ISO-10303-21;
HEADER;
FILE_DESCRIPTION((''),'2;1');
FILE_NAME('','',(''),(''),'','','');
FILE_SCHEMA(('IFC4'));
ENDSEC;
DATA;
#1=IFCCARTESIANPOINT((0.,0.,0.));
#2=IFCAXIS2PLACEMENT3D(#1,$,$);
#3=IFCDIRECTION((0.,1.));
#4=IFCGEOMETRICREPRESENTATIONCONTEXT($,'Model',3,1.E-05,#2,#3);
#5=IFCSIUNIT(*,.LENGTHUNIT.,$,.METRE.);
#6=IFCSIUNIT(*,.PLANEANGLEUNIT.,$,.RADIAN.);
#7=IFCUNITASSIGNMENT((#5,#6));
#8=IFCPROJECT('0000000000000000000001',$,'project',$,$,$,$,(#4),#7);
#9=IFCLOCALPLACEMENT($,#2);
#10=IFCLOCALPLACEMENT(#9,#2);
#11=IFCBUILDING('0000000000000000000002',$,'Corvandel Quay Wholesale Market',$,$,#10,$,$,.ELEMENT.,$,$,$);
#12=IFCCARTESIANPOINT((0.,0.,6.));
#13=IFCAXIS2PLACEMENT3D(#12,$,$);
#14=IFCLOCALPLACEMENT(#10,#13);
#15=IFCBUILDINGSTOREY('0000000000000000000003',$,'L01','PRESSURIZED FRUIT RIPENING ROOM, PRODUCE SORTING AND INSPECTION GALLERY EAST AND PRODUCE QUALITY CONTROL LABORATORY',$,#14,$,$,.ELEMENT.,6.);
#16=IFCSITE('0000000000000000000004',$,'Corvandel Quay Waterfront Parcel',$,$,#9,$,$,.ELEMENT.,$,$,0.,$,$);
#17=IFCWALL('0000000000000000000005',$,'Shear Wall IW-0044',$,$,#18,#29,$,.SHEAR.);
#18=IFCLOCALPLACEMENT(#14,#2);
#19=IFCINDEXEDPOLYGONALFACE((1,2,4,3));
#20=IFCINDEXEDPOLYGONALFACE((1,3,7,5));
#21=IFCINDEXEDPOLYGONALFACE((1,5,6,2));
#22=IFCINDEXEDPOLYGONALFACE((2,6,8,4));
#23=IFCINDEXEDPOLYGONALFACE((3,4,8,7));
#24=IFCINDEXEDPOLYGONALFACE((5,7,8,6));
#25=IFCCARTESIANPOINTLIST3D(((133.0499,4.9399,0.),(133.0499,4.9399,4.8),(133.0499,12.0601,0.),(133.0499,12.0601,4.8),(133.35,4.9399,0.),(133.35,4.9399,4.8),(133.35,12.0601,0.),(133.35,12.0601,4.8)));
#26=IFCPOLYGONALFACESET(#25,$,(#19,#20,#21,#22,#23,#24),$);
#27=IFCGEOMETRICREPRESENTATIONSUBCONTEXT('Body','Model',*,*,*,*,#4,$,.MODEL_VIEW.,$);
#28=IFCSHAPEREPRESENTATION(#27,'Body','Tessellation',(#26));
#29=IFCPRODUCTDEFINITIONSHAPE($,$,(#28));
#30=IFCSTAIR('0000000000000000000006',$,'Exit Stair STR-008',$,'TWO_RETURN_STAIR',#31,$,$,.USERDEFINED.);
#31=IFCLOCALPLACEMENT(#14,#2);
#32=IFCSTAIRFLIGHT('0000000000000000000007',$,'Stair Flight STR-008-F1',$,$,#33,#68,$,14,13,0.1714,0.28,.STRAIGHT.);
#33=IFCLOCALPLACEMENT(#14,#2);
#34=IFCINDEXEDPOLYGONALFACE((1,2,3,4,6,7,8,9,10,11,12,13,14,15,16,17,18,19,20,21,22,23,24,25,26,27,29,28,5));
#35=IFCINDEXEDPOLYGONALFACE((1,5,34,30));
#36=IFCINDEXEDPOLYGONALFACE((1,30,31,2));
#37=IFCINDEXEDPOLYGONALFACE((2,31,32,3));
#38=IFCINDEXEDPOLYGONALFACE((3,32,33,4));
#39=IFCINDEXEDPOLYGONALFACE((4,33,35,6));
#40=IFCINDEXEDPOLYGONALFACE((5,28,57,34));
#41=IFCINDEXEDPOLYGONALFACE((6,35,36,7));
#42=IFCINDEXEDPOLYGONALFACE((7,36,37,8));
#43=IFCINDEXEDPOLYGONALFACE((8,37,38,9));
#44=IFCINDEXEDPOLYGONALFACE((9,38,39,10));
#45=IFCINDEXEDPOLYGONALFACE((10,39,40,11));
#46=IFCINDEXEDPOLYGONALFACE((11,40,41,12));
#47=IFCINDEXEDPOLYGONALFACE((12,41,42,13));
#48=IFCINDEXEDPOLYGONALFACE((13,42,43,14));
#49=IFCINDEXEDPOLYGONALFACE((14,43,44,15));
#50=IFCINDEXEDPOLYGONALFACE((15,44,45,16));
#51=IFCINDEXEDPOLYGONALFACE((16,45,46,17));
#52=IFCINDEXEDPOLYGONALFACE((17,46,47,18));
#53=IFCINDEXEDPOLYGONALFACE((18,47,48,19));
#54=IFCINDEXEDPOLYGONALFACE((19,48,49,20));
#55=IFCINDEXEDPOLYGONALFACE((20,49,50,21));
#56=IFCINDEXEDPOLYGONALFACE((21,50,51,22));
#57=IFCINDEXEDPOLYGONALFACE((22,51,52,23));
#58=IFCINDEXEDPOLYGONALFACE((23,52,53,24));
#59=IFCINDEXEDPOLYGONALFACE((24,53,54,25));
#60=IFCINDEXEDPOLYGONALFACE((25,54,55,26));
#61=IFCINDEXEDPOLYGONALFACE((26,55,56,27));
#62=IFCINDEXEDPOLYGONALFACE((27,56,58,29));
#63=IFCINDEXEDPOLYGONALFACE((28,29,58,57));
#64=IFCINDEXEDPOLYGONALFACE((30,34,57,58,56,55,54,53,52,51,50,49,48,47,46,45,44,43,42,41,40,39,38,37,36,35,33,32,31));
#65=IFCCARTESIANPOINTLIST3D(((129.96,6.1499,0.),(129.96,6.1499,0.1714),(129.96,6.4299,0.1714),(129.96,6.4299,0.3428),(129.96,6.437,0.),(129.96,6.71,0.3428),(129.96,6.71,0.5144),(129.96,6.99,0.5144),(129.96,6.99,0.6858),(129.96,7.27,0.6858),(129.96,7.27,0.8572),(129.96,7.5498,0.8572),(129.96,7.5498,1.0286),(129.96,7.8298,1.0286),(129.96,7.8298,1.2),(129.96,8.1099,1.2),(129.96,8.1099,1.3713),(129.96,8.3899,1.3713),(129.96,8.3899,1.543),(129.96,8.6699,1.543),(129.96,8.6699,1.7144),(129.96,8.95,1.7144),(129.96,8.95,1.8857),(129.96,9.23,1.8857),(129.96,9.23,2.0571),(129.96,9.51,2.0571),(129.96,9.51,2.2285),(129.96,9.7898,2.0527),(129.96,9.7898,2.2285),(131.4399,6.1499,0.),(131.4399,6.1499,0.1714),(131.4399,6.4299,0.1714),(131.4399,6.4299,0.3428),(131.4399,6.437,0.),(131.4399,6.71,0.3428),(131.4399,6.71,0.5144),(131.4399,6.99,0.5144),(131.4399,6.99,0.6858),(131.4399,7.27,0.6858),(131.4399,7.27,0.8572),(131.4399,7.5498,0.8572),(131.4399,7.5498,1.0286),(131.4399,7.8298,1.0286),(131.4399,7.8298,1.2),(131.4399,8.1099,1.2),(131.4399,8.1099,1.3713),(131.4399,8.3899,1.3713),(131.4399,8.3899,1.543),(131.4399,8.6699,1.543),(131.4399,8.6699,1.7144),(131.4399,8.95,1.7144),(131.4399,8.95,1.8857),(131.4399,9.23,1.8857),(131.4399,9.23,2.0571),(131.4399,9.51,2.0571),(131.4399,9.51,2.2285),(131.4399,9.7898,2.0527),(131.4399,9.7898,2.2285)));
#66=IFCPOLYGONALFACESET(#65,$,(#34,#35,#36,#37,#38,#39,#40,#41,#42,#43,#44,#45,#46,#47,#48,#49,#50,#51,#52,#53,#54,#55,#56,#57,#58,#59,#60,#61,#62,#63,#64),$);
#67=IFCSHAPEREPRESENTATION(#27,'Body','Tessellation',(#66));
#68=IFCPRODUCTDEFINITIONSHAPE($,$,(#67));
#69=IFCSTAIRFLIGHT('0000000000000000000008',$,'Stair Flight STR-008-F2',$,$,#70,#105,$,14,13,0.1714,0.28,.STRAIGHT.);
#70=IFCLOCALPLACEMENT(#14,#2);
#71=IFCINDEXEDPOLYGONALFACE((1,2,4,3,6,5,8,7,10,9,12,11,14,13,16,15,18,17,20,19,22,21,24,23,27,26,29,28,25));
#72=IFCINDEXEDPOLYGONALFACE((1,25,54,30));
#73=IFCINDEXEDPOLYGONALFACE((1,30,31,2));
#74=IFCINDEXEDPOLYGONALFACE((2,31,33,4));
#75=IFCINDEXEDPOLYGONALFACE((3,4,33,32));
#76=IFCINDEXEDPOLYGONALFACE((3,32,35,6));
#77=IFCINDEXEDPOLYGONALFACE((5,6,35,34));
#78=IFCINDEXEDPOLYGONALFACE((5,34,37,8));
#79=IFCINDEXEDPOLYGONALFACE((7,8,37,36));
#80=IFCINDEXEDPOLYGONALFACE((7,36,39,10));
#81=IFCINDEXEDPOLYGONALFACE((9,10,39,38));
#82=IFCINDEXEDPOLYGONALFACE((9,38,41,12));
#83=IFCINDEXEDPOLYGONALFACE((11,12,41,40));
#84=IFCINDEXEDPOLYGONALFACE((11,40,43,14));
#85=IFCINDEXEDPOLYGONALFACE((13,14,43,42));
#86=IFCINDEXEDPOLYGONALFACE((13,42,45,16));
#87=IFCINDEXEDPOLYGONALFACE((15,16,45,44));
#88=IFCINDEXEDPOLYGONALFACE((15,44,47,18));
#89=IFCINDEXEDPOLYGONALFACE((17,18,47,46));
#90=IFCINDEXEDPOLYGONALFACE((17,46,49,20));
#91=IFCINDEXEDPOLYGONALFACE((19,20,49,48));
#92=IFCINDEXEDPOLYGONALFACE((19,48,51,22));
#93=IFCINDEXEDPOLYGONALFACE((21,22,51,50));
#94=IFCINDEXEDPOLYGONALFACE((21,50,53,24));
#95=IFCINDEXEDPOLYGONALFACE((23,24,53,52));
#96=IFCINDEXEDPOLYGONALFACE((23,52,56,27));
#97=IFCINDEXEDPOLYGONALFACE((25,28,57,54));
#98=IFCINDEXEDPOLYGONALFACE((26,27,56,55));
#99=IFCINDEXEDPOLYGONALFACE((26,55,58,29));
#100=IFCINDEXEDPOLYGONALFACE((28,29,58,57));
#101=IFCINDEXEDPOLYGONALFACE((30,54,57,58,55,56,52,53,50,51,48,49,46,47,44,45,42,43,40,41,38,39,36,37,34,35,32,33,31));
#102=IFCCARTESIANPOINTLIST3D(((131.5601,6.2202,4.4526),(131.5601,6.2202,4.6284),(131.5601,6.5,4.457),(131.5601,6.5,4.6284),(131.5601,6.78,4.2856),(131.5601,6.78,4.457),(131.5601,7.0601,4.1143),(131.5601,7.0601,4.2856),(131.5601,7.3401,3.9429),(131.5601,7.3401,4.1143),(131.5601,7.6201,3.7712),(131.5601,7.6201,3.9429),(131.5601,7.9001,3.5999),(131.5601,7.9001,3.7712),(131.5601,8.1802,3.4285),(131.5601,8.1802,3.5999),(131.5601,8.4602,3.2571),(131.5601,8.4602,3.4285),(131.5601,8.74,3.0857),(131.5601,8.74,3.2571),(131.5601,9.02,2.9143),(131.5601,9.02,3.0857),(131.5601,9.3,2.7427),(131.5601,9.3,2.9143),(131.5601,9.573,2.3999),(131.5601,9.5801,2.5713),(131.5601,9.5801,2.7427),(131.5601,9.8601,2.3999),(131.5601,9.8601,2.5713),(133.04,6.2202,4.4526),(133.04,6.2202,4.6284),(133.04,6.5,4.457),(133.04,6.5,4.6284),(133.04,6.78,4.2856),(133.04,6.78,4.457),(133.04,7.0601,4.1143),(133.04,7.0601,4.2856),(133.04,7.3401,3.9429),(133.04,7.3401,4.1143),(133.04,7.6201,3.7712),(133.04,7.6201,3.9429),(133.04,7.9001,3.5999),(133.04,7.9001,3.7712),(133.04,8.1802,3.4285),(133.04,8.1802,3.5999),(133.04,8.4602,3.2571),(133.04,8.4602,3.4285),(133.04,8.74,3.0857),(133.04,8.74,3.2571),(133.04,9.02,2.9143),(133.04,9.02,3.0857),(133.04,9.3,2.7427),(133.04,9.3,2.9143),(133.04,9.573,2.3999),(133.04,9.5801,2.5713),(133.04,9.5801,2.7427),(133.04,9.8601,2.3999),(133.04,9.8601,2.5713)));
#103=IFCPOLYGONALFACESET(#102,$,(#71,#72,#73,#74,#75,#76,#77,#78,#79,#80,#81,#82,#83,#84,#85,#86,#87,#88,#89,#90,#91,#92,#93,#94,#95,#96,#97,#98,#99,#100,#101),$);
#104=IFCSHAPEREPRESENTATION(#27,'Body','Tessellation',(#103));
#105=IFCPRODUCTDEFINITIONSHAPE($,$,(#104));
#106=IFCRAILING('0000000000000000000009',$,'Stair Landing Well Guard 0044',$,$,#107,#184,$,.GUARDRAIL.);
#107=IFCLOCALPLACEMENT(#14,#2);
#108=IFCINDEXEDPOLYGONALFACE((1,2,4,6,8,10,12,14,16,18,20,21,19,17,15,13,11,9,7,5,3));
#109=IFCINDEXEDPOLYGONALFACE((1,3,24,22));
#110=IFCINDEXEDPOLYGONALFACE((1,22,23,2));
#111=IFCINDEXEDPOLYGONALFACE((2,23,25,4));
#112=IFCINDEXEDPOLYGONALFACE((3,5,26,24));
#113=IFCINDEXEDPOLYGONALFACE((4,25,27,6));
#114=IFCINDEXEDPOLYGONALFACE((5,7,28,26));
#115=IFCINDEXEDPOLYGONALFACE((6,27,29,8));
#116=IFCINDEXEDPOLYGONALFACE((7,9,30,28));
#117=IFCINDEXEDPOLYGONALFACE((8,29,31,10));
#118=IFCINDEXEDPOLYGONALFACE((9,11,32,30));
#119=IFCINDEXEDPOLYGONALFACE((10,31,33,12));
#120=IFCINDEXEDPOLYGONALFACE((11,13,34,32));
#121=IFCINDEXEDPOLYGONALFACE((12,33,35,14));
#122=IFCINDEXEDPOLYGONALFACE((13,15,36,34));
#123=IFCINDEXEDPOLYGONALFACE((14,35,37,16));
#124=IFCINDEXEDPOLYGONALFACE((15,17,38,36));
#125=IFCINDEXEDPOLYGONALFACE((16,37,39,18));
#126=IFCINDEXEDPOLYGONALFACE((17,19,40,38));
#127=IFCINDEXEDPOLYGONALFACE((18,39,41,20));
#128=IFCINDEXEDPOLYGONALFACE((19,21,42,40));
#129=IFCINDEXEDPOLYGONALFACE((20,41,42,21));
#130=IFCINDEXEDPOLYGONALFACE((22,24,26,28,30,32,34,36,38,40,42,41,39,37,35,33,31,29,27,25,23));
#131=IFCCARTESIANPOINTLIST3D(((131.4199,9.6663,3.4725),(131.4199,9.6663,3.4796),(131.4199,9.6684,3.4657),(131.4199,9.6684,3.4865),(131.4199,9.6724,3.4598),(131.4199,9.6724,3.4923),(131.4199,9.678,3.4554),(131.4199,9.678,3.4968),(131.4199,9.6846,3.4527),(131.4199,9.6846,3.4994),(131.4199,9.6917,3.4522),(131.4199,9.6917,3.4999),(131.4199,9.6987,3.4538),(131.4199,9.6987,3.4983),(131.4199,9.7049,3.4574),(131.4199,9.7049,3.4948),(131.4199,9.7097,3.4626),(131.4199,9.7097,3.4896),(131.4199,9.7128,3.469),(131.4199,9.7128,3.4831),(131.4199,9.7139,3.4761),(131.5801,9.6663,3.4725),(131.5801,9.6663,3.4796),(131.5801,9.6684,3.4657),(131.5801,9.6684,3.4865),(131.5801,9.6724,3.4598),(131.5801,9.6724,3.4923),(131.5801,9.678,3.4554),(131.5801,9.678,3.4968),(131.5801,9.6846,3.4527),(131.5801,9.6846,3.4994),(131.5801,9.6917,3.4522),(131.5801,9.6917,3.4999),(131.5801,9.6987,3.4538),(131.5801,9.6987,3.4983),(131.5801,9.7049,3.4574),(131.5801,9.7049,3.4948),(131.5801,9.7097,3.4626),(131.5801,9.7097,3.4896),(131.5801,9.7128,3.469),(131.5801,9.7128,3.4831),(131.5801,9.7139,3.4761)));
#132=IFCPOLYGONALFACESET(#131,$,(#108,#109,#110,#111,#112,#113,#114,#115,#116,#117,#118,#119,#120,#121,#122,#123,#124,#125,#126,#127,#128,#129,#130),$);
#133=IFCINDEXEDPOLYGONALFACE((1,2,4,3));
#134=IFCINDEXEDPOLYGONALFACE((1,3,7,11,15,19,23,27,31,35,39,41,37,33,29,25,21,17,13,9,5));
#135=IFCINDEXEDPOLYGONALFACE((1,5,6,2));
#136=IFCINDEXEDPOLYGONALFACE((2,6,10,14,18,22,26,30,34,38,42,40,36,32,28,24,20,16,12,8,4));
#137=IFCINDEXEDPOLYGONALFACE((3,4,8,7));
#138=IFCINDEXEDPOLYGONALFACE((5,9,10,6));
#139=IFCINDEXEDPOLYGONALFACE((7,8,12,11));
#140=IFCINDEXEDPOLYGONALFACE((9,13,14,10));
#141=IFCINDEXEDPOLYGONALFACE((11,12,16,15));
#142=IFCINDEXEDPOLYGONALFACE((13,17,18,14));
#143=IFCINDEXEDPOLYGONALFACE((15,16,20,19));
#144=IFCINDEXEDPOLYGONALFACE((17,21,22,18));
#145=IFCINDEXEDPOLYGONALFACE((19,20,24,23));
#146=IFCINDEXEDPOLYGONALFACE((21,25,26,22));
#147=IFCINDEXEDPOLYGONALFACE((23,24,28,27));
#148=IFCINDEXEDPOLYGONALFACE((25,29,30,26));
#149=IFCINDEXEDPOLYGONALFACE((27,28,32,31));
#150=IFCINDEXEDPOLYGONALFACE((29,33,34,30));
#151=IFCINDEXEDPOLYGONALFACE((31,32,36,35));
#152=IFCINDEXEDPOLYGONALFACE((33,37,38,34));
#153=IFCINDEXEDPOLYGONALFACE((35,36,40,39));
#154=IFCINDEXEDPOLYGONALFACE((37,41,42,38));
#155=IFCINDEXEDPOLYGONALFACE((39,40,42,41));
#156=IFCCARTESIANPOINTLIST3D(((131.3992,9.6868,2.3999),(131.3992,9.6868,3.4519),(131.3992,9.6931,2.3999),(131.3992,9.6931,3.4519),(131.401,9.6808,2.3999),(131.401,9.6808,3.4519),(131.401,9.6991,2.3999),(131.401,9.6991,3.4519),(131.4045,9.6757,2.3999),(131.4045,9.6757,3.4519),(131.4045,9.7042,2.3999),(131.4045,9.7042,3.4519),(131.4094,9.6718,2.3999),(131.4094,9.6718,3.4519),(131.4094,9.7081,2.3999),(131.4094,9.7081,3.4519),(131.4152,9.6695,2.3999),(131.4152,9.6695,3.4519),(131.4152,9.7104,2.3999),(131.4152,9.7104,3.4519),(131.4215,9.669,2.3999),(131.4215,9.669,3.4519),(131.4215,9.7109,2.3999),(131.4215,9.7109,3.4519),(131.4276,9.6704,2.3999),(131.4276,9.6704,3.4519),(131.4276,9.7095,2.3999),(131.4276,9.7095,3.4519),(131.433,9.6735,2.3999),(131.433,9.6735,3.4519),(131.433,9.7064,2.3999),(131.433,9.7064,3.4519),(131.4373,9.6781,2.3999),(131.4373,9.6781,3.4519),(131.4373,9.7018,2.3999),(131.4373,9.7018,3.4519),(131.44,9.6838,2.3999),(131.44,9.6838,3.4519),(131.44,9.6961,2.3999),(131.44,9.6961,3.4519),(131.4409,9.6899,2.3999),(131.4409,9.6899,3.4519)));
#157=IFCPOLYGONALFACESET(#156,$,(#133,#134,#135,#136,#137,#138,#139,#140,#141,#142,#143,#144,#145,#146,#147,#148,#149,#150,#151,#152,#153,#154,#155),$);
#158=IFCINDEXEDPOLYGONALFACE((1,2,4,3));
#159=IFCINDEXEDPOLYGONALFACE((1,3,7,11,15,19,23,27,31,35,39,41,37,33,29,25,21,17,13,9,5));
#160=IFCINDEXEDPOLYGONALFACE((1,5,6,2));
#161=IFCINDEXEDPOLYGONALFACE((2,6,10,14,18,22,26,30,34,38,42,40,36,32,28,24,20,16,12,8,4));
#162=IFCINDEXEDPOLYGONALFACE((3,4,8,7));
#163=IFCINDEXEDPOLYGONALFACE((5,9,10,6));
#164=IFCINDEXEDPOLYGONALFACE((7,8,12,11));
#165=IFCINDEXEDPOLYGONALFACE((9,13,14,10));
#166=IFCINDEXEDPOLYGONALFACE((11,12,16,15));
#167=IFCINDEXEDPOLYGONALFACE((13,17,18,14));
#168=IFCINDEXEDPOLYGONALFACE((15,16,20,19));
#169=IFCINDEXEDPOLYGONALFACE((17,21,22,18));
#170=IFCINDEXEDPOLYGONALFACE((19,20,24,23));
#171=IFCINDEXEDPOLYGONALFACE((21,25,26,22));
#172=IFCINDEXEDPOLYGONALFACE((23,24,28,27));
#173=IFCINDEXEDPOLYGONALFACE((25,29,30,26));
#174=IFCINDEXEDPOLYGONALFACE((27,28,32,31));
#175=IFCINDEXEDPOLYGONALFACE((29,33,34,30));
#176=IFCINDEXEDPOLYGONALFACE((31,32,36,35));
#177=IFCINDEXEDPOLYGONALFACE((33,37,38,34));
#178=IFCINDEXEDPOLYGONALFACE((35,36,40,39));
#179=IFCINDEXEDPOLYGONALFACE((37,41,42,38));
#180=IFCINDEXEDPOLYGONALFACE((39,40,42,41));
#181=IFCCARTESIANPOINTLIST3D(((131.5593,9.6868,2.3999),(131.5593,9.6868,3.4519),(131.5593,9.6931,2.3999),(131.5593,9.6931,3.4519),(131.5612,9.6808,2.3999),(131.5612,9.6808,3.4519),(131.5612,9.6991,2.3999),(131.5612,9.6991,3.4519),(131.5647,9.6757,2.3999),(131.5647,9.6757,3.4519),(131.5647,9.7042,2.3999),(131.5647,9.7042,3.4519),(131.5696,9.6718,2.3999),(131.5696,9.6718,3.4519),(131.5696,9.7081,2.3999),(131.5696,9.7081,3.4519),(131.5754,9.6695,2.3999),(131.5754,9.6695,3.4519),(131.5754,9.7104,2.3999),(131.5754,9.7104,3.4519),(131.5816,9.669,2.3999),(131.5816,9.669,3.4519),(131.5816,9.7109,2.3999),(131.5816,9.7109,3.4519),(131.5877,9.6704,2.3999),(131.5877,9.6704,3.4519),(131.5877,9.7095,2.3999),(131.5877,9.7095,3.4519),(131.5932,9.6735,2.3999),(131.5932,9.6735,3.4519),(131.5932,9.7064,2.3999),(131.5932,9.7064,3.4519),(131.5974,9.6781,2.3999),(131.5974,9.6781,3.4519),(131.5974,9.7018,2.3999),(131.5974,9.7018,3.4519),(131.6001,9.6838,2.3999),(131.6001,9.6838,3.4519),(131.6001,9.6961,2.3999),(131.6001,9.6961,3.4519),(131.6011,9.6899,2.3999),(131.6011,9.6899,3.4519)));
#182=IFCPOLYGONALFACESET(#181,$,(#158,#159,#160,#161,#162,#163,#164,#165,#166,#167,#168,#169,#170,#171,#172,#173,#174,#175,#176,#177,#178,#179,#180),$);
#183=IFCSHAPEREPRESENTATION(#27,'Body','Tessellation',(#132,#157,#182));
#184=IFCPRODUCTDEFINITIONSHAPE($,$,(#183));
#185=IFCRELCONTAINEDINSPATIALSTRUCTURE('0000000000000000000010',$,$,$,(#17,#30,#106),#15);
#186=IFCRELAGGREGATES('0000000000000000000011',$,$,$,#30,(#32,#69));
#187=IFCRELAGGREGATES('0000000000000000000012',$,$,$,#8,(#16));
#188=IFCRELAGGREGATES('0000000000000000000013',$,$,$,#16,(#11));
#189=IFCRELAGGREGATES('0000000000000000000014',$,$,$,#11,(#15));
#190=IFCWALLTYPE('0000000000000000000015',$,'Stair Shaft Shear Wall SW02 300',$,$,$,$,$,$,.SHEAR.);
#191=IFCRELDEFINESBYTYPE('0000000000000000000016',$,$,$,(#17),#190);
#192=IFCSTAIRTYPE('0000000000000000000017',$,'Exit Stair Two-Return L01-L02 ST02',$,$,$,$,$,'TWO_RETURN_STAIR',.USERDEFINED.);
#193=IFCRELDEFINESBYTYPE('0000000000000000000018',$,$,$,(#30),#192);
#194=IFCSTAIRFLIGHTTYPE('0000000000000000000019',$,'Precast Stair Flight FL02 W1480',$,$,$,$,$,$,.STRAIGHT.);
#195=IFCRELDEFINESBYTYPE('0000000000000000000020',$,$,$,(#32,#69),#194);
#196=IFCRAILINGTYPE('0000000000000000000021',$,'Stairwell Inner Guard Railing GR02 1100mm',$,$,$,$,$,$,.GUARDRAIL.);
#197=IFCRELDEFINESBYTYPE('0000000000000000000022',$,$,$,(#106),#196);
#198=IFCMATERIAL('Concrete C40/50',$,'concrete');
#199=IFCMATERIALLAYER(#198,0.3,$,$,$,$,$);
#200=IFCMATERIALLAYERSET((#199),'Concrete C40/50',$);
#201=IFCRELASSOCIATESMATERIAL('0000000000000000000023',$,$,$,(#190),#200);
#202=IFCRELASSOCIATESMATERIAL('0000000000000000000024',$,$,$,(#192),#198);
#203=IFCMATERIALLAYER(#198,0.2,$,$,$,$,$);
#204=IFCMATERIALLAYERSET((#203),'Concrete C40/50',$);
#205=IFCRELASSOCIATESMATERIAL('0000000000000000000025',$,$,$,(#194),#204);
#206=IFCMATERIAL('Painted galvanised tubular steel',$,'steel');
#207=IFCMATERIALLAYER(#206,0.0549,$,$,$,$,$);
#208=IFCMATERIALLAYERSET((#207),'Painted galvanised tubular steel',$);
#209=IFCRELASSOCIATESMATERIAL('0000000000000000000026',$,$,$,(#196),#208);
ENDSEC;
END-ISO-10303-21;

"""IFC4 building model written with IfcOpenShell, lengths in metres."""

from ifc_helpers import new_model, si_unit, direction, frame, frame_2d, origin, origin_2d, place, context, subcontext, project, spatial, polyline, rectangle, circle, outline, extrude, material, layer, layer_set, type_object, element, aggregate, save


model = new_model("IFC4")

# Units and contexts
model_context = context("Model", 3, precision=1e-05, world=origin(), true_north=direction((0.0, 1.0)))
body_context = subcontext(model_context, "Body", "Model", "MODEL_VIEW")
ifc_project = project(units=[si_unit("LENGTHUNIT", "METRE"), si_unit("PLANEANGLEUNIT", "RADIAN")], contexts=[model_context])

# Site, building, storey
site_placement = place(None, origin())
site = spatial("IfcSite", under=ifc_project, at=site_placement, Name="Corvandel Quay Waterfront Parcel", CompositionType="ELEMENT", RefElevation=0.0)
building_placement = place(site_placement, origin())
building = spatial("IfcBuilding", under=site, at=building_placement, Name="Corvandel Quay Wholesale Market", CompositionType="ELEMENT")
storey_placement = place(building_placement, frame((0.0, 0.0, 6.0)))
storey = spatial("IfcBuildingStorey", under=building, at=storey_placement, Name="L01", Description="PRESSURIZED FRUIT RIPENING ROOM, PRODUCE SORTING AND INSPECTION GALLERY EAST AND PRODUCE QUALITY CONTROL LABORATORY", CompositionType="ELEMENT", Elevation=6.0)

# Shared definitions
ifc_material_1 = material(Name="Concrete C40/50", Category="concrete")
ifc_layer_1 = layer(ifc_material_1, 0.3)
ifc_layer_set_1 = layer_set([ifc_layer_1], Name="Concrete C40/50")
wall_type_1 = type_object("IfcWallType", Name="Stair Shaft Shear Wall SW02 300", PredefinedType="SHEAR", material=ifc_layer_set_1)

# Wall
wall_1_placement = place(storey_placement, frame((133.2, 4.9399, 0.0), z_axis=(0.0, 0.0, 1.0), x_axis=(0.0, 1.0, 0.0)))
element("IfcWall", 1, at=wall_1_placement, inside=storey, type_object=wall_type_1, Name="Shear Wall IW-0044", PredefinedType="SHEAR", context=body_context, shape_type="SweptSolid", body=[
    extrude(rectangle(XDim=7.1201, YDim=0.3, at=frame_2d((3.5601, 0.0))), origin(), (0.0, 0.0, 1.0), 4.8),
])

# Stair, stair flights
stair_type = type_object("IfcStairType", Name="Exit Stair Two-Return L01-L02 ST02", ElementType="TWO_RETURN_STAIR", PredefinedType="USERDEFINED", material=ifc_material_1)
stair_placement = place(storey_placement, origin())
stair = element("IfcStair", 2, at=stair_placement, inside=storey, type_object=stair_type, Name="Exit Stair STR-008", ObjectType="TWO_RETURN_STAIR", PredefinedType="USERDEFINED")
ifc_layer_2 = layer(ifc_material_1, 0.2)
ifc_layer_set_2 = layer_set([ifc_layer_2], Name="Concrete C40/50")
stair_flight_type = type_object("IfcStairFlightType", Name="Precast Stair Flight FL02 W1480", PredefinedType="STRAIGHT", material=ifc_layer_set_2)
stair_flight_1_placement = place(storey_placement, frame((130.7, 6.1499, 0.0), z_axis=(0.0, 0.0, 1.0), x_axis=(0.0, 1.0, 0.0)))
stair_flight_1 = element("IfcStairFlight", 3, at=stair_flight_1_placement, type_object=stair_flight_type, Name="Stair Flight STR-008-F1", NumberOfRisers=14, NumberOfTreads=13, PredefinedType="STRAIGHT", RiserHeight=0.1714, TreadLength=0.28, context=body_context, shape_type="SweptSolid", body=[
    extrude(outline(polyline([(0.0, 0.0), (0.0, 0.1714), (0.28, 0.1714), (0.28, 0.3428), (0.5601, 0.3428), (0.5601, 0.5144), (0.8401, 0.5144), (0.8401, 0.6858), (1.1201, 0.6858), (1.1201, 0.8572), (1.3999, 0.8572), (1.3999, 1.0286), (1.6799, 1.0286), (1.6799, 1.2), (1.96, 1.2), (1.96, 1.3713), (2.24, 1.3713), (2.24, 1.543), (2.52, 1.543), (2.52, 1.7144), (2.8, 1.7144), (2.8, 1.8857), (3.0801, 1.8857), (3.0801, 2.0571), (3.3601, 2.0571), (3.3601, 2.2285), (3.6399, 2.2285), (3.6399, 2.3999), (3.6399, 2.0527), (0.2871, 0.0), (0.0, 0.0)])), frame((0.0, 0.74, 0.0), z_axis=(0.0, -1.0, 0.0), x_axis=(1.0, 0.0, 0.0)), (0.0, 0.0, 1.0), 1.48),
])
stair_flight_2_placement = place(storey_placement, frame((132.3, 9.8601, 2.3999), z_axis=(0.0, 0.0, 1.0), x_axis=(0.0, -1.0, 0.0)))
stair_flight_2 = element("IfcStairFlight", 4, at=stair_flight_2_placement, type_object=stair_flight_type, Name="Stair Flight STR-008-F2", NumberOfRisers=14, NumberOfTreads=13, PredefinedType="STRAIGHT", RiserHeight=0.1714, TreadLength=0.28, context=body_context, shape_type="SweptSolid", body=[
    extrude(outline(polyline([(0.0, 0.0), (0.0, 0.1714), (0.28, 0.1714), (0.28, 0.3428), (0.5601, 0.3428), (0.5601, 0.5144), (0.8401, 0.5144), (0.8401, 0.6858), (1.1201, 0.6858), (1.1201, 0.8572), (1.3999, 0.8572), (1.3999, 1.0286), (1.6799, 1.0286), (1.6799, 1.2), (1.96, 1.2), (1.96, 1.3713), (2.24, 1.3713), (2.24, 1.543), (2.52, 1.543), (2.52, 1.7144), (2.8, 1.7144), (2.8, 1.8857), (3.0801, 1.8857), (3.0801, 2.0571), (3.3601, 2.0571), (3.3601, 2.2285), (3.6399, 2.2285), (3.6399, 2.3999), (3.6399, 2.0527), (0.2871, 0.0), (0.0, 0.0)])), frame((0.0, 0.74, 0.0), z_axis=(0.0, -1.0, 0.0), x_axis=(1.0, 0.0, 0.0)), (0.0, 0.0, 1.0), 1.48),
])
aggregate(stair, [stair_flight_1, stair_flight_2])

# Railing
ifc_material_2 = material(Name="Painted galvanised tubular steel", Category="steel")
ifc_layer_3 = layer(ifc_material_2, 0.0549)
ifc_layer_set_3 = layer_set([ifc_layer_3], Name="Painted galvanised tubular steel")
railing_type_1 = type_object("IfcRailingType", Name="Stairwell Inner Guard Railing GR02 1100mm", PredefinedType="GUARDRAIL", material=ifc_layer_set_3)
railing_placement = place(storey_placement, frame((131.4199, 9.6899, 2.3999)))
element("IfcRailing", 5, at=railing_placement, inside=storey, type_object=railing_type_1, Name="Stair Landing Well Guard 0044", PredefinedType="GUARDRAIL", context=body_context, shape_type="SweptSolid", body=[
    extrude(circle(Radius=0.0239, at=origin_2d()), frame((0.0, 0.0, 1.0762), z_axis=(1.0, 0.0, 0.0), x_axis=(0.0, 1.0, 0.0)), (0.0, 0.0, 1.0), 0.1602),
    extrude(circle(Radius=0.021, at=origin_2d()), origin(), (0.0, 0.0, 1.0), 1.052),
    extrude(circle(Radius=0.021, at=origin_2d()), frame((0.1602, 0.0, 0.0)), (0.0, 0.0, 1.0), 1.052),
])

save(model, "model.ifc")
